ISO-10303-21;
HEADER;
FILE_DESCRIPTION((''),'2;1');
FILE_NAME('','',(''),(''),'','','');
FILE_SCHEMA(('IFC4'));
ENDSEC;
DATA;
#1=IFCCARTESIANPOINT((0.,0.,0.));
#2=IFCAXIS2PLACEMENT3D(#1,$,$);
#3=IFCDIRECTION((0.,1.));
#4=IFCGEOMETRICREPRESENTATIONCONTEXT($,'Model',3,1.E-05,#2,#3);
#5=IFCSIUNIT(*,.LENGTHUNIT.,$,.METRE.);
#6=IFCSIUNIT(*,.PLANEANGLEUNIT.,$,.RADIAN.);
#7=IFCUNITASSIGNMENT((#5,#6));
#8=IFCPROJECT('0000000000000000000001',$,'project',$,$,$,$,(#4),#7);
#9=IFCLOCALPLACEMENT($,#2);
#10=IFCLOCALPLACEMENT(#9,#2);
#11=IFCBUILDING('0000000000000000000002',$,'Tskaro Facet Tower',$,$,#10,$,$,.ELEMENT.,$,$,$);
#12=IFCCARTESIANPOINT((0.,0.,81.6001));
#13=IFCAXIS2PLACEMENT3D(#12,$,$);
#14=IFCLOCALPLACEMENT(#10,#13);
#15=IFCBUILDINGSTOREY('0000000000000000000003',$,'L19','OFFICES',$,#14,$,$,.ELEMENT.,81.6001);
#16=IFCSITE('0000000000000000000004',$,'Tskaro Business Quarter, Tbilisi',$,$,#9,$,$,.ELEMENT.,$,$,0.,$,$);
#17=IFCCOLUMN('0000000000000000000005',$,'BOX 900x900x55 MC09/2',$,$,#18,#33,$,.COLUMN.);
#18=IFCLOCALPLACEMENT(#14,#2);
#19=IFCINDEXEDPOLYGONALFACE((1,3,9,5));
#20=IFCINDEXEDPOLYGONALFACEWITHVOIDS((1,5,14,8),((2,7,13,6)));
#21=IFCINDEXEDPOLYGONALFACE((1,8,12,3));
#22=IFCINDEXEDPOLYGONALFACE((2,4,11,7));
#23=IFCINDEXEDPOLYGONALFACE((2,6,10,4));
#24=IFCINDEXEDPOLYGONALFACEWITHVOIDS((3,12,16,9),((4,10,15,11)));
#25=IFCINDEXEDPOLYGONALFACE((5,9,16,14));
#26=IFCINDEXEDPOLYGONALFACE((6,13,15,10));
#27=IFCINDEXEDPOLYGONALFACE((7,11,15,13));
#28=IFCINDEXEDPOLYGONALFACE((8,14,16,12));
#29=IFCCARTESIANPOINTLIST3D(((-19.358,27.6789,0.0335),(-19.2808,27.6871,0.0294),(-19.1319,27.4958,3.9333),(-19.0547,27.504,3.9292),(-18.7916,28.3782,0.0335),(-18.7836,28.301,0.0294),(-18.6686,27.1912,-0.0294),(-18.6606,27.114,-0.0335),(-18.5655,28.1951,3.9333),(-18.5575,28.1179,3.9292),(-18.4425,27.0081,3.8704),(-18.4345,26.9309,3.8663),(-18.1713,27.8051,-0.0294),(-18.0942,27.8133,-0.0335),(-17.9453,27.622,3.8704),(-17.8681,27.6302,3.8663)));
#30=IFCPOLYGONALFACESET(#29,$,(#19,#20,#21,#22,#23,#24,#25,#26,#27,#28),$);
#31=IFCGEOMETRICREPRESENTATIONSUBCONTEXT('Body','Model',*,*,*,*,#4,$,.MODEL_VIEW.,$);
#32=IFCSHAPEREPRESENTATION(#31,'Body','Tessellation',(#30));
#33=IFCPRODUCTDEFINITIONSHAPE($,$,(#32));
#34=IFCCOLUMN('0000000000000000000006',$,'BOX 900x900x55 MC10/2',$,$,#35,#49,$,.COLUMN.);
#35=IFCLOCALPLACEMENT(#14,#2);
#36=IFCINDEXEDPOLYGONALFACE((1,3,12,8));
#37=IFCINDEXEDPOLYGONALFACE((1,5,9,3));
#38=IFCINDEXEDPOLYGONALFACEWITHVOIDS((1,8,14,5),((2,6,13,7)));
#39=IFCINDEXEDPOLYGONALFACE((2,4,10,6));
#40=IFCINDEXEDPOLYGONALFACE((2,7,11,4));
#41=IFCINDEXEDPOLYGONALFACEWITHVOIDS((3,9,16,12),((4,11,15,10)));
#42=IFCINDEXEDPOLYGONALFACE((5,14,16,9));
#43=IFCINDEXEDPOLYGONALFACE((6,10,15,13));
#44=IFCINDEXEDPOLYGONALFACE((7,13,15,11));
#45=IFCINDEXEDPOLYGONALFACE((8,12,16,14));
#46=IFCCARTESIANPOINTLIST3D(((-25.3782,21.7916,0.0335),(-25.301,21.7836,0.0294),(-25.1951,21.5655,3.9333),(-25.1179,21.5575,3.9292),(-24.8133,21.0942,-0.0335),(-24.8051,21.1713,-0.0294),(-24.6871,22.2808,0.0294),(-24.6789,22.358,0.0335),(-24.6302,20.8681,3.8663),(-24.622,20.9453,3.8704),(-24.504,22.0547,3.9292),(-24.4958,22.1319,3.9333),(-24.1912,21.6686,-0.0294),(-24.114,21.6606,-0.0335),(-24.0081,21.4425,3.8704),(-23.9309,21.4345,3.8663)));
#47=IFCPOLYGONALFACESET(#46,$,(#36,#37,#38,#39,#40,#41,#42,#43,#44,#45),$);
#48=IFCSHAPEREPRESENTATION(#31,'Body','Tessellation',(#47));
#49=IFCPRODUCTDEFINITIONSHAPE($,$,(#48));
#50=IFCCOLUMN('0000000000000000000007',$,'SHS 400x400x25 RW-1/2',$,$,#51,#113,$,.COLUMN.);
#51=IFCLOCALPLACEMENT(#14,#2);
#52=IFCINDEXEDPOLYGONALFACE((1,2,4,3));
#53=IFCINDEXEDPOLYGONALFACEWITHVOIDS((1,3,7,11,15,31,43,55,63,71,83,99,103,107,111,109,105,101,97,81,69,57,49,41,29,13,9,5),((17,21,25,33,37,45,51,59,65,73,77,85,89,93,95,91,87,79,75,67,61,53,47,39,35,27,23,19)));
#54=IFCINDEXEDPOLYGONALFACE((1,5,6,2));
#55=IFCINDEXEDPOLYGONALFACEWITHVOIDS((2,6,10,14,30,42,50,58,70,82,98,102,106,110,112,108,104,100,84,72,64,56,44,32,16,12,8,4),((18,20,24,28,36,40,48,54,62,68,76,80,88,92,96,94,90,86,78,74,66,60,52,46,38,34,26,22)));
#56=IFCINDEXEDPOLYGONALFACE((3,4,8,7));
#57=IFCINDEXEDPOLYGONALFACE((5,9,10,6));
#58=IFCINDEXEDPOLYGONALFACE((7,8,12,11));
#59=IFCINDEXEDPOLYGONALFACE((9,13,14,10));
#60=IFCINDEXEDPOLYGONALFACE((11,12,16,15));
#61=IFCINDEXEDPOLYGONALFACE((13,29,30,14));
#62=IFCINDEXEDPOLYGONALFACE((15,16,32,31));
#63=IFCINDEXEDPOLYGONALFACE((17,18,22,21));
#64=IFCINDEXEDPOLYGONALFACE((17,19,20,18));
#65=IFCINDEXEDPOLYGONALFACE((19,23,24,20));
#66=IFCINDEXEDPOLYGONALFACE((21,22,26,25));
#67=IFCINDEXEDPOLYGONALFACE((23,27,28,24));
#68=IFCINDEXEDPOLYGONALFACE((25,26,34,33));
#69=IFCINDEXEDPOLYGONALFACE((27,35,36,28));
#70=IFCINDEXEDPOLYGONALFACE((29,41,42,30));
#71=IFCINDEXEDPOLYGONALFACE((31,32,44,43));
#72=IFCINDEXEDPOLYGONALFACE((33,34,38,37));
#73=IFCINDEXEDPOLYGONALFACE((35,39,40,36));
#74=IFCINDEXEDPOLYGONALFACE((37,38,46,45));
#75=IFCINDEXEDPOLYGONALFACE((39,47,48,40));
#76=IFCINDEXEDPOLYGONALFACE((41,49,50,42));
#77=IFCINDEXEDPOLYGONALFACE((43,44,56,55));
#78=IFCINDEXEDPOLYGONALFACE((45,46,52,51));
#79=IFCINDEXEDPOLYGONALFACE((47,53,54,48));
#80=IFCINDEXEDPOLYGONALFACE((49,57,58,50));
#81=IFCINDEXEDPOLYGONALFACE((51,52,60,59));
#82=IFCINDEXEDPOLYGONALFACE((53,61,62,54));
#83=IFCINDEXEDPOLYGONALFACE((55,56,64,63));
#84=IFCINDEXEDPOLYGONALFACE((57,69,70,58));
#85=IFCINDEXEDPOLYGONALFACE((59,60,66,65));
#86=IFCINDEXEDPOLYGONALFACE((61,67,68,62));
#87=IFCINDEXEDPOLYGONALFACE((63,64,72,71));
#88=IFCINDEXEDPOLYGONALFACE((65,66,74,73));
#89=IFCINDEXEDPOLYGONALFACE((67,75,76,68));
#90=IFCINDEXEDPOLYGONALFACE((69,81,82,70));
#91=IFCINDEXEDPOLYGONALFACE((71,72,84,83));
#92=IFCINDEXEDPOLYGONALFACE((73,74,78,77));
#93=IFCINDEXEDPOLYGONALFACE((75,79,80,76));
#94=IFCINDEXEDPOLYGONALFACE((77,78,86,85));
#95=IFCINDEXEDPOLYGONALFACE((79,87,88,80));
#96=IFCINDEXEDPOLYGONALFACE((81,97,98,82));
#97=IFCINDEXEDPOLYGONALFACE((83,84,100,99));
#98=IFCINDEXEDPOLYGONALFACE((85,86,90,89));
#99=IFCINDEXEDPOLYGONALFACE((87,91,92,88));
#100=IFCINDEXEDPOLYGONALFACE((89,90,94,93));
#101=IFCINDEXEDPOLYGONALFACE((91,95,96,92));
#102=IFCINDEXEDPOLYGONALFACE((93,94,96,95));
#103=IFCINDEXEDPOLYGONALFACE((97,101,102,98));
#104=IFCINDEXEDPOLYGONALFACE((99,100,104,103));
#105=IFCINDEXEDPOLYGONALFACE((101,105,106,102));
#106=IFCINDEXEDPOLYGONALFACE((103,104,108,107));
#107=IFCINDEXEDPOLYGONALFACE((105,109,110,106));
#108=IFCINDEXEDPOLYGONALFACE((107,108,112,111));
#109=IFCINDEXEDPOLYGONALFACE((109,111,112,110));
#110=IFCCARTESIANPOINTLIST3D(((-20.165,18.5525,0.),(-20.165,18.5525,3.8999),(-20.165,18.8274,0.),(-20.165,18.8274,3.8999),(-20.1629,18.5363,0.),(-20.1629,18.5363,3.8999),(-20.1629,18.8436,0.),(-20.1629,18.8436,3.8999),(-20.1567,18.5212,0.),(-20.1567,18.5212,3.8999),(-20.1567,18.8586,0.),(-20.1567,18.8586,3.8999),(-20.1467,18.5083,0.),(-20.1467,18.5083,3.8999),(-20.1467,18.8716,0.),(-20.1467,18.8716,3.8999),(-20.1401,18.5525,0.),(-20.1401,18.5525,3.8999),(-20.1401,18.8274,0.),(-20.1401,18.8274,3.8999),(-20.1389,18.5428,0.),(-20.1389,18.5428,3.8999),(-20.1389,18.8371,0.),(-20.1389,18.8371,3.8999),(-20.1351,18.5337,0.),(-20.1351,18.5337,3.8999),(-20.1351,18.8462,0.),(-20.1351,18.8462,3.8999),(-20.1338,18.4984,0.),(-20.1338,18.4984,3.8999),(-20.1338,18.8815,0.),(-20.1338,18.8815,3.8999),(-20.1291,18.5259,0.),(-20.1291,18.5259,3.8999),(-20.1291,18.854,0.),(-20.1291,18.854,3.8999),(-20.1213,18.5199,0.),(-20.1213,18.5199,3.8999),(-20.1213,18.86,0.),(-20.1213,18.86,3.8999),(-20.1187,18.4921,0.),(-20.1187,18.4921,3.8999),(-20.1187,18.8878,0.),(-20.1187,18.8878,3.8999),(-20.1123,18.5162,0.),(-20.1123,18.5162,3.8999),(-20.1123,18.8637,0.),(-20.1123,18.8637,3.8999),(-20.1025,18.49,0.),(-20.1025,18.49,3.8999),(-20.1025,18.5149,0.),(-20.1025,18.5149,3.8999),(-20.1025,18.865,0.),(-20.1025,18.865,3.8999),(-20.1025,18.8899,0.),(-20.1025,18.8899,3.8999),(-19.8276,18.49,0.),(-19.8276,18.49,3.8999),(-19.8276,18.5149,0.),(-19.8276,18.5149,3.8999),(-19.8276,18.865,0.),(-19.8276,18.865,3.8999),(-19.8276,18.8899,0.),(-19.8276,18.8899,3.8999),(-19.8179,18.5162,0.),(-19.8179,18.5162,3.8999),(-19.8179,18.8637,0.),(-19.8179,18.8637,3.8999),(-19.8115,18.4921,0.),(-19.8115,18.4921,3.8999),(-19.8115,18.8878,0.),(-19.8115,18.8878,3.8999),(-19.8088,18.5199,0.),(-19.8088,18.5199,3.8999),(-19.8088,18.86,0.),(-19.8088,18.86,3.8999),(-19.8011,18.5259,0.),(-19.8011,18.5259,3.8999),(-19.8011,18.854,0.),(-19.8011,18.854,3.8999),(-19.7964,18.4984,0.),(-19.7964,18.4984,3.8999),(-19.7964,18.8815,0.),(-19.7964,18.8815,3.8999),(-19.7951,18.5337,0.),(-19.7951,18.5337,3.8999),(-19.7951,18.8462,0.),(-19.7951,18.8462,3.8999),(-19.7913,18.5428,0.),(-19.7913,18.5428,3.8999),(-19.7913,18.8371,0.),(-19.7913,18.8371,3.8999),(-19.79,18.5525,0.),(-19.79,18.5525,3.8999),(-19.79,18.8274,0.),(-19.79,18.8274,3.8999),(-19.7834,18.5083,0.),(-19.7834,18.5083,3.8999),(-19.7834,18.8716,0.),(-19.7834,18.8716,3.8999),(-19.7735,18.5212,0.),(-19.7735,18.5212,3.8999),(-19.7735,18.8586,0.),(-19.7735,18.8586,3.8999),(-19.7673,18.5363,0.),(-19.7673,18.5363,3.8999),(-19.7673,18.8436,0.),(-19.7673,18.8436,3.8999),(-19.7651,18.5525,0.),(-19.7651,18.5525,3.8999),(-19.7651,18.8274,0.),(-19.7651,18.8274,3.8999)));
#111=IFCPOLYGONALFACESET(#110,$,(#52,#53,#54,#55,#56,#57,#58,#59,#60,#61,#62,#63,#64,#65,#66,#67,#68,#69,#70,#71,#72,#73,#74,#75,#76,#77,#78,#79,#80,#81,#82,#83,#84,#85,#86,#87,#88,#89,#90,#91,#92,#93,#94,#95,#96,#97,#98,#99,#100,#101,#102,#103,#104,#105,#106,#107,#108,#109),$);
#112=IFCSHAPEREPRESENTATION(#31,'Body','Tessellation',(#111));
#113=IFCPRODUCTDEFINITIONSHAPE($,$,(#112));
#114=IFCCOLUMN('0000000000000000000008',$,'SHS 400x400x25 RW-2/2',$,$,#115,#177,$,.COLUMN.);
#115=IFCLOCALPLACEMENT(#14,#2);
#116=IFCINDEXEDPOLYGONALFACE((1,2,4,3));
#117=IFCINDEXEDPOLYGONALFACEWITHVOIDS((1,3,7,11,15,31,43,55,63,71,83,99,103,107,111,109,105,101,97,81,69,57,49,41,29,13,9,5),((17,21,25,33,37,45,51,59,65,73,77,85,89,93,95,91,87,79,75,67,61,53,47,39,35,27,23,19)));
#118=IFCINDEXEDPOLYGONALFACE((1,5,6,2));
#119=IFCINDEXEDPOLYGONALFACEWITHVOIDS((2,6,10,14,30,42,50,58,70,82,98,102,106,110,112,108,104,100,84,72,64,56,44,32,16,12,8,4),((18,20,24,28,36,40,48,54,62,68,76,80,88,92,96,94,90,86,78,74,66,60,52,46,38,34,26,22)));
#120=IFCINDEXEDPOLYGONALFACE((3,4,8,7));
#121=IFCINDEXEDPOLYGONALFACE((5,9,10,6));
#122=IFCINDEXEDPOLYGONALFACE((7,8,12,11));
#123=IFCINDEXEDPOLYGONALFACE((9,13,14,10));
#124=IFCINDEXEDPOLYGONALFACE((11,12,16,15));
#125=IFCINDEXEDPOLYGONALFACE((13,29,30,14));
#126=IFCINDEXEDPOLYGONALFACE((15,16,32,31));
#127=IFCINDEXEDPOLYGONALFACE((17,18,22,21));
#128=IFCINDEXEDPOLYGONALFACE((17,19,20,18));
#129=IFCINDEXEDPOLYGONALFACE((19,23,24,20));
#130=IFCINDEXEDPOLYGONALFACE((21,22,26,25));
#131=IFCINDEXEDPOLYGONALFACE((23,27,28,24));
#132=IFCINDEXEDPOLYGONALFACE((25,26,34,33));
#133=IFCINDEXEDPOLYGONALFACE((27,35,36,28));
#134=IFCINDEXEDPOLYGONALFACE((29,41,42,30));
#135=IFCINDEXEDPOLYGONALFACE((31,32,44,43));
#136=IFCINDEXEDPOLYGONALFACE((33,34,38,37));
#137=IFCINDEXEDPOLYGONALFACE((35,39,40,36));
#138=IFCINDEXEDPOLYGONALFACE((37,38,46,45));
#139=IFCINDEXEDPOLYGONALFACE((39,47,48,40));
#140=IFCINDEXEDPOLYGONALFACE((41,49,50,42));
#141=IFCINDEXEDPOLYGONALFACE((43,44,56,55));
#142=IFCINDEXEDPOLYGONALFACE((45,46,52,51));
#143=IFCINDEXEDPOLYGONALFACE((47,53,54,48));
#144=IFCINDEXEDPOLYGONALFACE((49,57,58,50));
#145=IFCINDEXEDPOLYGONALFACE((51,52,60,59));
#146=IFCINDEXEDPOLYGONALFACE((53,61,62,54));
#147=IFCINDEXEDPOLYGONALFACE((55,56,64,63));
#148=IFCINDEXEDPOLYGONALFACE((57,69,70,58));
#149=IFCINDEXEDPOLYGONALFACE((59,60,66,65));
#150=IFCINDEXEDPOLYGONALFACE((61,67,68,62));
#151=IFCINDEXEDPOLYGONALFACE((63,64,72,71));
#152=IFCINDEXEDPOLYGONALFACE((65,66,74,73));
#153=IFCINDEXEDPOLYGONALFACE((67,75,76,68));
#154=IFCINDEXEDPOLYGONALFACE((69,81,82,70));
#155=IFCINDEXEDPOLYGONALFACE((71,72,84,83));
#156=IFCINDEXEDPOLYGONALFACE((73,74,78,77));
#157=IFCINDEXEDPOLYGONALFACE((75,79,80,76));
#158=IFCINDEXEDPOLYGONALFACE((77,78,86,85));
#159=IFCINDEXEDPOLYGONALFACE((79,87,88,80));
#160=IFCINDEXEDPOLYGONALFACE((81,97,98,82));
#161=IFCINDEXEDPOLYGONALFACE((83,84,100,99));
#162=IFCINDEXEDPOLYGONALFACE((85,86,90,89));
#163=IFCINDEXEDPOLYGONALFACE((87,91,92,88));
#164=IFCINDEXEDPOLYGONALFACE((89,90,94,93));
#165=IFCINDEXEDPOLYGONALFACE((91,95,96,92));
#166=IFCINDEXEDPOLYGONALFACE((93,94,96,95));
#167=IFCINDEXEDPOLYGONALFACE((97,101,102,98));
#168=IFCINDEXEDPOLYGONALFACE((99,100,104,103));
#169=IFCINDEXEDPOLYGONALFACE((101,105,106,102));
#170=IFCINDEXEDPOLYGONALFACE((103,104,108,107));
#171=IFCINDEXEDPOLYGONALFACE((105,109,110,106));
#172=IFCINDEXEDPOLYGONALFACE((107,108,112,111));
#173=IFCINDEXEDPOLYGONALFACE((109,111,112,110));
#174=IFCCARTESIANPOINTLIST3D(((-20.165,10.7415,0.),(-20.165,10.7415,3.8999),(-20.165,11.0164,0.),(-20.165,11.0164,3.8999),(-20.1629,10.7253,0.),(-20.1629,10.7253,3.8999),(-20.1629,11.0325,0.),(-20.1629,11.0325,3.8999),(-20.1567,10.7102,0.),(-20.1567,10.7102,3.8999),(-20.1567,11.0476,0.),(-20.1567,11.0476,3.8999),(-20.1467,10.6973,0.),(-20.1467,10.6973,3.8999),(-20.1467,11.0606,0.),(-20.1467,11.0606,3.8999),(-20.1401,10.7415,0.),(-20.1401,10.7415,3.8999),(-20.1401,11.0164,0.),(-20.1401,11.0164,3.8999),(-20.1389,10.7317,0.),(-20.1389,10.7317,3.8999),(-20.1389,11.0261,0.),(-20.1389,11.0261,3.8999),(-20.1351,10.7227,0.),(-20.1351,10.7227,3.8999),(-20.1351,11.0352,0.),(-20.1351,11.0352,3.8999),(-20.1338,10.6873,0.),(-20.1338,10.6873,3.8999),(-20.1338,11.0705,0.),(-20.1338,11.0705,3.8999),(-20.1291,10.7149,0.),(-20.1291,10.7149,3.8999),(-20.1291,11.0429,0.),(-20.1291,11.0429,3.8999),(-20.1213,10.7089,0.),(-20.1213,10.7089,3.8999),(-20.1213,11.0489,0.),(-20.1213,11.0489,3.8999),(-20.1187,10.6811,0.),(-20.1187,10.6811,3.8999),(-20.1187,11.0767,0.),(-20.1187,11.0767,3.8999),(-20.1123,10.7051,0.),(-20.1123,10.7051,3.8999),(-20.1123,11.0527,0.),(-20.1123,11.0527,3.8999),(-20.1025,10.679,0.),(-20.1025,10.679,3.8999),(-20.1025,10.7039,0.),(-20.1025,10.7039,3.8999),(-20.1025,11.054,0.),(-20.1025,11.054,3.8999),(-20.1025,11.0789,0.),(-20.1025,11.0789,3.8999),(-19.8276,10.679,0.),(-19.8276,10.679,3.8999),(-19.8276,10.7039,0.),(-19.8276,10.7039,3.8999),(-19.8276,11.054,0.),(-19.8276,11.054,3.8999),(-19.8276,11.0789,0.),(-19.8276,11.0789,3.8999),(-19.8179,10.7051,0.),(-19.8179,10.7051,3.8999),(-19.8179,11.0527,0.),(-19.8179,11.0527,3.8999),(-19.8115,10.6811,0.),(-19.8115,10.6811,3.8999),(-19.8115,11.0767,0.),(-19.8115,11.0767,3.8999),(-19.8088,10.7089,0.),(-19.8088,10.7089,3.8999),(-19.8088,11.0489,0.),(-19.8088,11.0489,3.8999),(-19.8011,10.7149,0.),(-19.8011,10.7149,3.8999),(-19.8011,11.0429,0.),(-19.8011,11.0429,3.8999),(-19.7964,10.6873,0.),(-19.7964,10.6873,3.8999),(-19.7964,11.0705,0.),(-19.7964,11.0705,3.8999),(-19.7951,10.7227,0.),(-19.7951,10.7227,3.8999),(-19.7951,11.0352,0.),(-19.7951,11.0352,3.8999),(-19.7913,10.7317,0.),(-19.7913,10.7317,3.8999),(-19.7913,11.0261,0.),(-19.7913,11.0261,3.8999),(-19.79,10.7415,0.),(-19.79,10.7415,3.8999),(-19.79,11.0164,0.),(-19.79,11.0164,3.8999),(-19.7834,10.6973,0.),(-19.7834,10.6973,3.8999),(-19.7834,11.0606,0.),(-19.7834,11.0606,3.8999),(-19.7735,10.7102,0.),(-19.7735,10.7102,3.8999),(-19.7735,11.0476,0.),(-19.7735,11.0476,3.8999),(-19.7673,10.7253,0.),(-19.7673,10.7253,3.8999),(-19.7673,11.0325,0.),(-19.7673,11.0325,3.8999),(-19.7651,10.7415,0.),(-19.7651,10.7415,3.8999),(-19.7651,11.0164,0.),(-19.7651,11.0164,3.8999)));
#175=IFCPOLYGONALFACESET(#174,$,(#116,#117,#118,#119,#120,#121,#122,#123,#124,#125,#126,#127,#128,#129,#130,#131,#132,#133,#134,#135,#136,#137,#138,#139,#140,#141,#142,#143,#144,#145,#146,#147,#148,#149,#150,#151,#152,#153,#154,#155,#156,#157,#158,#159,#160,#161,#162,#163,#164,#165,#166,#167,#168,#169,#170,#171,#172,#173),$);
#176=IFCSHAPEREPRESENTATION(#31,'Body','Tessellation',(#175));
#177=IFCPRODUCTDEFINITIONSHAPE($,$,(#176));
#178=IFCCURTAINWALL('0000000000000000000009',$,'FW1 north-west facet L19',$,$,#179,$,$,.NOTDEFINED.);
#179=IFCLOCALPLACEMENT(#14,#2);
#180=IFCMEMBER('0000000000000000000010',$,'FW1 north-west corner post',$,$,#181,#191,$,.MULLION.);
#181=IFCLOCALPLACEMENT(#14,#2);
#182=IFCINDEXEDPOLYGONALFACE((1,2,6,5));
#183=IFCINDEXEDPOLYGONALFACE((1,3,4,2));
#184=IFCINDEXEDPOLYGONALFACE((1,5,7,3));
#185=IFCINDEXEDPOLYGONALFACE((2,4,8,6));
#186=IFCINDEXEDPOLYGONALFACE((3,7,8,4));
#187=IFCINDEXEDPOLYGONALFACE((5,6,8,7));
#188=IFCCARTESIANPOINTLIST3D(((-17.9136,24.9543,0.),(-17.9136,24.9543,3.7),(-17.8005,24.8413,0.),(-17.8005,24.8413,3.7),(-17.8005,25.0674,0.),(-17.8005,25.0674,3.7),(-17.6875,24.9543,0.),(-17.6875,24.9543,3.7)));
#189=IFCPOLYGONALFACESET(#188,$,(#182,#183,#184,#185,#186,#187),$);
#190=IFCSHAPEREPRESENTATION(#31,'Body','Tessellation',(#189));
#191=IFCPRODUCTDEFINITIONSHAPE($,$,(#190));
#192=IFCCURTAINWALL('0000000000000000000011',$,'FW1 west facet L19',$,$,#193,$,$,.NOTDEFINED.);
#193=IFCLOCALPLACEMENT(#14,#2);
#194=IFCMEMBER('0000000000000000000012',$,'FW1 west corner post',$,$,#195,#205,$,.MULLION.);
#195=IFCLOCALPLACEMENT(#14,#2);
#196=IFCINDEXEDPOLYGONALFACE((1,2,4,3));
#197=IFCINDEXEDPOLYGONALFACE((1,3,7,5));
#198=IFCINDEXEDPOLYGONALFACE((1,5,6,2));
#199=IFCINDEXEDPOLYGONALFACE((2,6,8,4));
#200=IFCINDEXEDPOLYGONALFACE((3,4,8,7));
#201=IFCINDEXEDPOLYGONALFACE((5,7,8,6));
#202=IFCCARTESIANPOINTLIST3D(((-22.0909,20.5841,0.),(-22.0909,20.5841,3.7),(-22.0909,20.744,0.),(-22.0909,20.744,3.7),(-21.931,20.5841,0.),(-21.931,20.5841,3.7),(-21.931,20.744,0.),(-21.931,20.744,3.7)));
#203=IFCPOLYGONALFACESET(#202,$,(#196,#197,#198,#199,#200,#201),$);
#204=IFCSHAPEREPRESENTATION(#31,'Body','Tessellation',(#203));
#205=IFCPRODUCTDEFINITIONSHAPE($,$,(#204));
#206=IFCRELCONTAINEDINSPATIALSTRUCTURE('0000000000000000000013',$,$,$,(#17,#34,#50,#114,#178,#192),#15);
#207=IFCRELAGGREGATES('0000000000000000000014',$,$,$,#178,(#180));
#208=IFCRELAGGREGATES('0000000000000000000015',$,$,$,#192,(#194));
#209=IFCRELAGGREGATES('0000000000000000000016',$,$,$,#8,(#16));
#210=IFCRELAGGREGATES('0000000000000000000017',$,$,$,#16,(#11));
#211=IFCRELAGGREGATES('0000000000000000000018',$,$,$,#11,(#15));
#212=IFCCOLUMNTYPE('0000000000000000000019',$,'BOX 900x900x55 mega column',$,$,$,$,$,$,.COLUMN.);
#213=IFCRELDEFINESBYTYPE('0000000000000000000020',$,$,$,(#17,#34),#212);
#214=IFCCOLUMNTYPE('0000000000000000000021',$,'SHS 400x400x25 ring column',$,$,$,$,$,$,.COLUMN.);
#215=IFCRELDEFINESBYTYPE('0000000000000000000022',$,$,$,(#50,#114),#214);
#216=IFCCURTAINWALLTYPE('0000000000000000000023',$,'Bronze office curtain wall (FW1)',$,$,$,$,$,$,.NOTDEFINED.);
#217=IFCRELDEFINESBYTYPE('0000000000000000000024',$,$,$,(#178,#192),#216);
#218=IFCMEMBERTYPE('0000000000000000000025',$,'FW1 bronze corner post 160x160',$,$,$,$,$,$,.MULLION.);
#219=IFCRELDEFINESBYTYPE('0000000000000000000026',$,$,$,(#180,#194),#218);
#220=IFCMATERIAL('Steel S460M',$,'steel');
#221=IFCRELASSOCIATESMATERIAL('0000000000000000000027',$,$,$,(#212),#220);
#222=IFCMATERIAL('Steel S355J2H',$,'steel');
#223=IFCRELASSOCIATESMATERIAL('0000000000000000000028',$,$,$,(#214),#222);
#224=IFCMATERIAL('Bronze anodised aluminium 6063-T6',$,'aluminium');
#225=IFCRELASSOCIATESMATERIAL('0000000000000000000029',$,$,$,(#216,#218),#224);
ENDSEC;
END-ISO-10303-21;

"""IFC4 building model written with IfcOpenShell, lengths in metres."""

from ifc_helpers import new_model, si_unit, direction, frame, origin, origin_2d, place, context, subcontext, project, spatial, rectangle, hollow_rectangle, extrude, material, material_profile, profile_set, type_object, element, aggregate, save


model = new_model("IFC4")

# Units and contexts
model_context = context("Model", 3, precision=1e-05, world=origin(), true_north=direction((0.0, 1.0)))
body_context = subcontext(model_context, "Body", "Model", "MODEL_VIEW")
ifc_project = project(units=[si_unit("LENGTHUNIT", "METRE"), si_unit("PLANEANGLEUNIT", "RADIAN")], contexts=[model_context])

# Site, building, storey
site_placement = place(None, origin())
site = spatial("IfcSite", under=ifc_project, at=site_placement, Name="Tskaro Business Quarter, Tbilisi", CompositionType="ELEMENT", RefElevation=0.0)
building_placement = place(site_placement, origin())
building = spatial("IfcBuilding", under=site, at=building_placement, Name="Tskaro Facet Tower", CompositionType="ELEMENT")
storey_placement = place(building_placement, frame((0.0, 0.0, 81.6001)))
storey = spatial("IfcBuildingStorey", under=building, at=storey_placement, Name="L19", Description="OFFICES", CompositionType="ELEMENT", Elevation=81.6001)

# Columns
ifc_material_1 = material(Name="Steel S460M", Category="steel")
ifc_material_profile_1 = material_profile(ifc_material_1, hollow_rectangle(XDim=0.8999, YDim=0.8999, WallThickness=0.0549, at=origin_2d()), Name="BOX 900x900x55")
ifc_profile_set_1 = profile_set([ifc_material_profile_1], Name="Steel S460M")
column_type_1 = type_object("IfcColumnType", Name="BOX 900x900x55 mega column", PredefinedType="COLUMN", material=ifc_profile_set_1)
for number, where, z_axis, x_axis, name in (
    (1, (-18.7261, 27.7461, 0.0), (0.057809, -0.046821, 0.997229), (0.629391, 0.777089, 0.0), "BOX 900x900x55 MC09/2"),
    (2, (-24.7461, 21.7261, 0.0), (0.046821, -0.057809, 0.997229), (0.777089, 0.629391, 0.0), "BOX 900x900x55 MC10/2"),
):
    element("IfcColumn", number, at=place(storey_placement, frame(where, z_axis=z_axis, x_axis=x_axis)), inside=storey, type_object=column_type_1, Name=name, PredefinedType="COLUMN", context=body_context, shape_type="SweptSolid", body=[
        extrude(hollow_rectangle(XDim=0.8999, YDim=0.8999, WallThickness=0.0549, at=origin_2d()), origin(), (0.0, 0.0, 1.0), 3.9106),
    ])
ifc_material_2 = material(Name="Steel S355J2H", Category="steel")
ifc_material_profile_2 = material_profile(ifc_material_2, hollow_rectangle(XDim=0.3999, YDim=0.3999, WallThickness=0.0249, InnerFilletRadius=0.0376, OuterFilletRadius=0.0625, at=origin_2d()), Name="SHS 400x400x25")
ifc_profile_set_2 = profile_set([ifc_material_profile_2], Name="Steel S355J2H")
column_type_2 = type_object("IfcColumnType", Name="SHS 400x400x25 ring column", PredefinedType="COLUMN", material=ifc_profile_set_2)
for number, where, z_axis, x_axis, name in (
    (3, (-19.9651, 18.6899, 0.0), (0.0, 0.0, 1.0), (1.0, 0.0, 0.0), "SHS 400x400x25 RW-1/2"),
    (4, (-19.9651, 10.8789, 0.0), (0.0, 0.0, 1.0), (1.0, 0.0, 0.0), "SHS 400x400x25 RW-2/2"),
):
    element("IfcColumn", number, at=place(storey_placement, frame(where, z_axis=z_axis, x_axis=x_axis)), inside=storey, type_object=column_type_2, Name=name, PredefinedType="COLUMN", context=body_context, shape_type="SweptSolid", body=[
        extrude(hollow_rectangle(XDim=0.3999, YDim=0.3999, WallThickness=0.0249, InnerFilletRadius=0.0376, OuterFilletRadius=0.0625, at=origin_2d()), origin(), (0.0, 0.0, 1.0), 3.8999),
    ])

# Curtain wall, member
ifc_material_3 = material(Name="Bronze anodised aluminium 6063-T6", Category="aluminium")
curtain_wall_type = type_object("IfcCurtainWallType", Name="Bronze office curtain wall (FW1)", PredefinedType="NOTDEFINED", material=ifc_material_3)
curtain_wall_1_placement = place(storey_placement, origin())
curtain_wall_1 = element("IfcCurtainWall", 5, at=curtain_wall_1_placement, inside=storey, type_object=curtain_wall_type, Name="FW1 north-west facet L19", PredefinedType="NOTDEFINED")
ifc_material_profile_3 = material_profile(ifc_material_3, rectangle(XDim=0.1599, YDim=0.1599, at=origin_2d()), Name="Corner post 160x160")
ifc_profile_set_3 = profile_set([ifc_material_profile_3], Name="Bronze anodised aluminium 6063-T6")
member_type_1 = type_object("IfcMemberType", Name="FW1 bronze corner post 160x160", PredefinedType="MULLION", material=ifc_profile_set_3)
member_1_placement = place(storey_placement, frame((-17.8005, 24.9543, 0.0), z_axis=(0.0, 0.0, 1.0), x_axis=(-0.707107, -0.707107, 0.0)))
member_1 = element("IfcMember", 6, at=member_1_placement, type_object=member_type_1, Name="FW1 north-west corner post", PredefinedType="MULLION", context=body_context, shape_type="SweptSolid", body=[
    extrude(rectangle(XDim=0.1599, YDim=0.1599, at=origin_2d()), origin(), (0.0, 0.0, 1.0), 3.7),
])

# Curtain wall, member
curtain_wall_2_placement = place(storey_placement, origin())
curtain_wall_2 = element("IfcCurtainWall", 7, at=curtain_wall_2_placement, inside=storey, type_object=curtain_wall_type, Name="FW1 west facet L19", PredefinedType="NOTDEFINED")
member_2_placement = place(storey_placement, frame((-22.011, 20.6641, 0.0), z_axis=(0.0, 0.0, 1.0), x_axis=(0.0, -1.0, 0.0)))
member_2 = element("IfcMember", 8, at=member_2_placement, type_object=member_type_1, Name="FW1 west corner post", PredefinedType="MULLION", context=body_context, shape_type="SweptSolid", body=[
    extrude(rectangle(XDim=0.1599, YDim=0.1599, at=origin_2d()), origin(), (0.0, 0.0, 1.0), 3.7),
])

aggregate(curtain_wall_1, [member_1])
aggregate(curtain_wall_2, [member_2])

save(model, "model.ifc")
